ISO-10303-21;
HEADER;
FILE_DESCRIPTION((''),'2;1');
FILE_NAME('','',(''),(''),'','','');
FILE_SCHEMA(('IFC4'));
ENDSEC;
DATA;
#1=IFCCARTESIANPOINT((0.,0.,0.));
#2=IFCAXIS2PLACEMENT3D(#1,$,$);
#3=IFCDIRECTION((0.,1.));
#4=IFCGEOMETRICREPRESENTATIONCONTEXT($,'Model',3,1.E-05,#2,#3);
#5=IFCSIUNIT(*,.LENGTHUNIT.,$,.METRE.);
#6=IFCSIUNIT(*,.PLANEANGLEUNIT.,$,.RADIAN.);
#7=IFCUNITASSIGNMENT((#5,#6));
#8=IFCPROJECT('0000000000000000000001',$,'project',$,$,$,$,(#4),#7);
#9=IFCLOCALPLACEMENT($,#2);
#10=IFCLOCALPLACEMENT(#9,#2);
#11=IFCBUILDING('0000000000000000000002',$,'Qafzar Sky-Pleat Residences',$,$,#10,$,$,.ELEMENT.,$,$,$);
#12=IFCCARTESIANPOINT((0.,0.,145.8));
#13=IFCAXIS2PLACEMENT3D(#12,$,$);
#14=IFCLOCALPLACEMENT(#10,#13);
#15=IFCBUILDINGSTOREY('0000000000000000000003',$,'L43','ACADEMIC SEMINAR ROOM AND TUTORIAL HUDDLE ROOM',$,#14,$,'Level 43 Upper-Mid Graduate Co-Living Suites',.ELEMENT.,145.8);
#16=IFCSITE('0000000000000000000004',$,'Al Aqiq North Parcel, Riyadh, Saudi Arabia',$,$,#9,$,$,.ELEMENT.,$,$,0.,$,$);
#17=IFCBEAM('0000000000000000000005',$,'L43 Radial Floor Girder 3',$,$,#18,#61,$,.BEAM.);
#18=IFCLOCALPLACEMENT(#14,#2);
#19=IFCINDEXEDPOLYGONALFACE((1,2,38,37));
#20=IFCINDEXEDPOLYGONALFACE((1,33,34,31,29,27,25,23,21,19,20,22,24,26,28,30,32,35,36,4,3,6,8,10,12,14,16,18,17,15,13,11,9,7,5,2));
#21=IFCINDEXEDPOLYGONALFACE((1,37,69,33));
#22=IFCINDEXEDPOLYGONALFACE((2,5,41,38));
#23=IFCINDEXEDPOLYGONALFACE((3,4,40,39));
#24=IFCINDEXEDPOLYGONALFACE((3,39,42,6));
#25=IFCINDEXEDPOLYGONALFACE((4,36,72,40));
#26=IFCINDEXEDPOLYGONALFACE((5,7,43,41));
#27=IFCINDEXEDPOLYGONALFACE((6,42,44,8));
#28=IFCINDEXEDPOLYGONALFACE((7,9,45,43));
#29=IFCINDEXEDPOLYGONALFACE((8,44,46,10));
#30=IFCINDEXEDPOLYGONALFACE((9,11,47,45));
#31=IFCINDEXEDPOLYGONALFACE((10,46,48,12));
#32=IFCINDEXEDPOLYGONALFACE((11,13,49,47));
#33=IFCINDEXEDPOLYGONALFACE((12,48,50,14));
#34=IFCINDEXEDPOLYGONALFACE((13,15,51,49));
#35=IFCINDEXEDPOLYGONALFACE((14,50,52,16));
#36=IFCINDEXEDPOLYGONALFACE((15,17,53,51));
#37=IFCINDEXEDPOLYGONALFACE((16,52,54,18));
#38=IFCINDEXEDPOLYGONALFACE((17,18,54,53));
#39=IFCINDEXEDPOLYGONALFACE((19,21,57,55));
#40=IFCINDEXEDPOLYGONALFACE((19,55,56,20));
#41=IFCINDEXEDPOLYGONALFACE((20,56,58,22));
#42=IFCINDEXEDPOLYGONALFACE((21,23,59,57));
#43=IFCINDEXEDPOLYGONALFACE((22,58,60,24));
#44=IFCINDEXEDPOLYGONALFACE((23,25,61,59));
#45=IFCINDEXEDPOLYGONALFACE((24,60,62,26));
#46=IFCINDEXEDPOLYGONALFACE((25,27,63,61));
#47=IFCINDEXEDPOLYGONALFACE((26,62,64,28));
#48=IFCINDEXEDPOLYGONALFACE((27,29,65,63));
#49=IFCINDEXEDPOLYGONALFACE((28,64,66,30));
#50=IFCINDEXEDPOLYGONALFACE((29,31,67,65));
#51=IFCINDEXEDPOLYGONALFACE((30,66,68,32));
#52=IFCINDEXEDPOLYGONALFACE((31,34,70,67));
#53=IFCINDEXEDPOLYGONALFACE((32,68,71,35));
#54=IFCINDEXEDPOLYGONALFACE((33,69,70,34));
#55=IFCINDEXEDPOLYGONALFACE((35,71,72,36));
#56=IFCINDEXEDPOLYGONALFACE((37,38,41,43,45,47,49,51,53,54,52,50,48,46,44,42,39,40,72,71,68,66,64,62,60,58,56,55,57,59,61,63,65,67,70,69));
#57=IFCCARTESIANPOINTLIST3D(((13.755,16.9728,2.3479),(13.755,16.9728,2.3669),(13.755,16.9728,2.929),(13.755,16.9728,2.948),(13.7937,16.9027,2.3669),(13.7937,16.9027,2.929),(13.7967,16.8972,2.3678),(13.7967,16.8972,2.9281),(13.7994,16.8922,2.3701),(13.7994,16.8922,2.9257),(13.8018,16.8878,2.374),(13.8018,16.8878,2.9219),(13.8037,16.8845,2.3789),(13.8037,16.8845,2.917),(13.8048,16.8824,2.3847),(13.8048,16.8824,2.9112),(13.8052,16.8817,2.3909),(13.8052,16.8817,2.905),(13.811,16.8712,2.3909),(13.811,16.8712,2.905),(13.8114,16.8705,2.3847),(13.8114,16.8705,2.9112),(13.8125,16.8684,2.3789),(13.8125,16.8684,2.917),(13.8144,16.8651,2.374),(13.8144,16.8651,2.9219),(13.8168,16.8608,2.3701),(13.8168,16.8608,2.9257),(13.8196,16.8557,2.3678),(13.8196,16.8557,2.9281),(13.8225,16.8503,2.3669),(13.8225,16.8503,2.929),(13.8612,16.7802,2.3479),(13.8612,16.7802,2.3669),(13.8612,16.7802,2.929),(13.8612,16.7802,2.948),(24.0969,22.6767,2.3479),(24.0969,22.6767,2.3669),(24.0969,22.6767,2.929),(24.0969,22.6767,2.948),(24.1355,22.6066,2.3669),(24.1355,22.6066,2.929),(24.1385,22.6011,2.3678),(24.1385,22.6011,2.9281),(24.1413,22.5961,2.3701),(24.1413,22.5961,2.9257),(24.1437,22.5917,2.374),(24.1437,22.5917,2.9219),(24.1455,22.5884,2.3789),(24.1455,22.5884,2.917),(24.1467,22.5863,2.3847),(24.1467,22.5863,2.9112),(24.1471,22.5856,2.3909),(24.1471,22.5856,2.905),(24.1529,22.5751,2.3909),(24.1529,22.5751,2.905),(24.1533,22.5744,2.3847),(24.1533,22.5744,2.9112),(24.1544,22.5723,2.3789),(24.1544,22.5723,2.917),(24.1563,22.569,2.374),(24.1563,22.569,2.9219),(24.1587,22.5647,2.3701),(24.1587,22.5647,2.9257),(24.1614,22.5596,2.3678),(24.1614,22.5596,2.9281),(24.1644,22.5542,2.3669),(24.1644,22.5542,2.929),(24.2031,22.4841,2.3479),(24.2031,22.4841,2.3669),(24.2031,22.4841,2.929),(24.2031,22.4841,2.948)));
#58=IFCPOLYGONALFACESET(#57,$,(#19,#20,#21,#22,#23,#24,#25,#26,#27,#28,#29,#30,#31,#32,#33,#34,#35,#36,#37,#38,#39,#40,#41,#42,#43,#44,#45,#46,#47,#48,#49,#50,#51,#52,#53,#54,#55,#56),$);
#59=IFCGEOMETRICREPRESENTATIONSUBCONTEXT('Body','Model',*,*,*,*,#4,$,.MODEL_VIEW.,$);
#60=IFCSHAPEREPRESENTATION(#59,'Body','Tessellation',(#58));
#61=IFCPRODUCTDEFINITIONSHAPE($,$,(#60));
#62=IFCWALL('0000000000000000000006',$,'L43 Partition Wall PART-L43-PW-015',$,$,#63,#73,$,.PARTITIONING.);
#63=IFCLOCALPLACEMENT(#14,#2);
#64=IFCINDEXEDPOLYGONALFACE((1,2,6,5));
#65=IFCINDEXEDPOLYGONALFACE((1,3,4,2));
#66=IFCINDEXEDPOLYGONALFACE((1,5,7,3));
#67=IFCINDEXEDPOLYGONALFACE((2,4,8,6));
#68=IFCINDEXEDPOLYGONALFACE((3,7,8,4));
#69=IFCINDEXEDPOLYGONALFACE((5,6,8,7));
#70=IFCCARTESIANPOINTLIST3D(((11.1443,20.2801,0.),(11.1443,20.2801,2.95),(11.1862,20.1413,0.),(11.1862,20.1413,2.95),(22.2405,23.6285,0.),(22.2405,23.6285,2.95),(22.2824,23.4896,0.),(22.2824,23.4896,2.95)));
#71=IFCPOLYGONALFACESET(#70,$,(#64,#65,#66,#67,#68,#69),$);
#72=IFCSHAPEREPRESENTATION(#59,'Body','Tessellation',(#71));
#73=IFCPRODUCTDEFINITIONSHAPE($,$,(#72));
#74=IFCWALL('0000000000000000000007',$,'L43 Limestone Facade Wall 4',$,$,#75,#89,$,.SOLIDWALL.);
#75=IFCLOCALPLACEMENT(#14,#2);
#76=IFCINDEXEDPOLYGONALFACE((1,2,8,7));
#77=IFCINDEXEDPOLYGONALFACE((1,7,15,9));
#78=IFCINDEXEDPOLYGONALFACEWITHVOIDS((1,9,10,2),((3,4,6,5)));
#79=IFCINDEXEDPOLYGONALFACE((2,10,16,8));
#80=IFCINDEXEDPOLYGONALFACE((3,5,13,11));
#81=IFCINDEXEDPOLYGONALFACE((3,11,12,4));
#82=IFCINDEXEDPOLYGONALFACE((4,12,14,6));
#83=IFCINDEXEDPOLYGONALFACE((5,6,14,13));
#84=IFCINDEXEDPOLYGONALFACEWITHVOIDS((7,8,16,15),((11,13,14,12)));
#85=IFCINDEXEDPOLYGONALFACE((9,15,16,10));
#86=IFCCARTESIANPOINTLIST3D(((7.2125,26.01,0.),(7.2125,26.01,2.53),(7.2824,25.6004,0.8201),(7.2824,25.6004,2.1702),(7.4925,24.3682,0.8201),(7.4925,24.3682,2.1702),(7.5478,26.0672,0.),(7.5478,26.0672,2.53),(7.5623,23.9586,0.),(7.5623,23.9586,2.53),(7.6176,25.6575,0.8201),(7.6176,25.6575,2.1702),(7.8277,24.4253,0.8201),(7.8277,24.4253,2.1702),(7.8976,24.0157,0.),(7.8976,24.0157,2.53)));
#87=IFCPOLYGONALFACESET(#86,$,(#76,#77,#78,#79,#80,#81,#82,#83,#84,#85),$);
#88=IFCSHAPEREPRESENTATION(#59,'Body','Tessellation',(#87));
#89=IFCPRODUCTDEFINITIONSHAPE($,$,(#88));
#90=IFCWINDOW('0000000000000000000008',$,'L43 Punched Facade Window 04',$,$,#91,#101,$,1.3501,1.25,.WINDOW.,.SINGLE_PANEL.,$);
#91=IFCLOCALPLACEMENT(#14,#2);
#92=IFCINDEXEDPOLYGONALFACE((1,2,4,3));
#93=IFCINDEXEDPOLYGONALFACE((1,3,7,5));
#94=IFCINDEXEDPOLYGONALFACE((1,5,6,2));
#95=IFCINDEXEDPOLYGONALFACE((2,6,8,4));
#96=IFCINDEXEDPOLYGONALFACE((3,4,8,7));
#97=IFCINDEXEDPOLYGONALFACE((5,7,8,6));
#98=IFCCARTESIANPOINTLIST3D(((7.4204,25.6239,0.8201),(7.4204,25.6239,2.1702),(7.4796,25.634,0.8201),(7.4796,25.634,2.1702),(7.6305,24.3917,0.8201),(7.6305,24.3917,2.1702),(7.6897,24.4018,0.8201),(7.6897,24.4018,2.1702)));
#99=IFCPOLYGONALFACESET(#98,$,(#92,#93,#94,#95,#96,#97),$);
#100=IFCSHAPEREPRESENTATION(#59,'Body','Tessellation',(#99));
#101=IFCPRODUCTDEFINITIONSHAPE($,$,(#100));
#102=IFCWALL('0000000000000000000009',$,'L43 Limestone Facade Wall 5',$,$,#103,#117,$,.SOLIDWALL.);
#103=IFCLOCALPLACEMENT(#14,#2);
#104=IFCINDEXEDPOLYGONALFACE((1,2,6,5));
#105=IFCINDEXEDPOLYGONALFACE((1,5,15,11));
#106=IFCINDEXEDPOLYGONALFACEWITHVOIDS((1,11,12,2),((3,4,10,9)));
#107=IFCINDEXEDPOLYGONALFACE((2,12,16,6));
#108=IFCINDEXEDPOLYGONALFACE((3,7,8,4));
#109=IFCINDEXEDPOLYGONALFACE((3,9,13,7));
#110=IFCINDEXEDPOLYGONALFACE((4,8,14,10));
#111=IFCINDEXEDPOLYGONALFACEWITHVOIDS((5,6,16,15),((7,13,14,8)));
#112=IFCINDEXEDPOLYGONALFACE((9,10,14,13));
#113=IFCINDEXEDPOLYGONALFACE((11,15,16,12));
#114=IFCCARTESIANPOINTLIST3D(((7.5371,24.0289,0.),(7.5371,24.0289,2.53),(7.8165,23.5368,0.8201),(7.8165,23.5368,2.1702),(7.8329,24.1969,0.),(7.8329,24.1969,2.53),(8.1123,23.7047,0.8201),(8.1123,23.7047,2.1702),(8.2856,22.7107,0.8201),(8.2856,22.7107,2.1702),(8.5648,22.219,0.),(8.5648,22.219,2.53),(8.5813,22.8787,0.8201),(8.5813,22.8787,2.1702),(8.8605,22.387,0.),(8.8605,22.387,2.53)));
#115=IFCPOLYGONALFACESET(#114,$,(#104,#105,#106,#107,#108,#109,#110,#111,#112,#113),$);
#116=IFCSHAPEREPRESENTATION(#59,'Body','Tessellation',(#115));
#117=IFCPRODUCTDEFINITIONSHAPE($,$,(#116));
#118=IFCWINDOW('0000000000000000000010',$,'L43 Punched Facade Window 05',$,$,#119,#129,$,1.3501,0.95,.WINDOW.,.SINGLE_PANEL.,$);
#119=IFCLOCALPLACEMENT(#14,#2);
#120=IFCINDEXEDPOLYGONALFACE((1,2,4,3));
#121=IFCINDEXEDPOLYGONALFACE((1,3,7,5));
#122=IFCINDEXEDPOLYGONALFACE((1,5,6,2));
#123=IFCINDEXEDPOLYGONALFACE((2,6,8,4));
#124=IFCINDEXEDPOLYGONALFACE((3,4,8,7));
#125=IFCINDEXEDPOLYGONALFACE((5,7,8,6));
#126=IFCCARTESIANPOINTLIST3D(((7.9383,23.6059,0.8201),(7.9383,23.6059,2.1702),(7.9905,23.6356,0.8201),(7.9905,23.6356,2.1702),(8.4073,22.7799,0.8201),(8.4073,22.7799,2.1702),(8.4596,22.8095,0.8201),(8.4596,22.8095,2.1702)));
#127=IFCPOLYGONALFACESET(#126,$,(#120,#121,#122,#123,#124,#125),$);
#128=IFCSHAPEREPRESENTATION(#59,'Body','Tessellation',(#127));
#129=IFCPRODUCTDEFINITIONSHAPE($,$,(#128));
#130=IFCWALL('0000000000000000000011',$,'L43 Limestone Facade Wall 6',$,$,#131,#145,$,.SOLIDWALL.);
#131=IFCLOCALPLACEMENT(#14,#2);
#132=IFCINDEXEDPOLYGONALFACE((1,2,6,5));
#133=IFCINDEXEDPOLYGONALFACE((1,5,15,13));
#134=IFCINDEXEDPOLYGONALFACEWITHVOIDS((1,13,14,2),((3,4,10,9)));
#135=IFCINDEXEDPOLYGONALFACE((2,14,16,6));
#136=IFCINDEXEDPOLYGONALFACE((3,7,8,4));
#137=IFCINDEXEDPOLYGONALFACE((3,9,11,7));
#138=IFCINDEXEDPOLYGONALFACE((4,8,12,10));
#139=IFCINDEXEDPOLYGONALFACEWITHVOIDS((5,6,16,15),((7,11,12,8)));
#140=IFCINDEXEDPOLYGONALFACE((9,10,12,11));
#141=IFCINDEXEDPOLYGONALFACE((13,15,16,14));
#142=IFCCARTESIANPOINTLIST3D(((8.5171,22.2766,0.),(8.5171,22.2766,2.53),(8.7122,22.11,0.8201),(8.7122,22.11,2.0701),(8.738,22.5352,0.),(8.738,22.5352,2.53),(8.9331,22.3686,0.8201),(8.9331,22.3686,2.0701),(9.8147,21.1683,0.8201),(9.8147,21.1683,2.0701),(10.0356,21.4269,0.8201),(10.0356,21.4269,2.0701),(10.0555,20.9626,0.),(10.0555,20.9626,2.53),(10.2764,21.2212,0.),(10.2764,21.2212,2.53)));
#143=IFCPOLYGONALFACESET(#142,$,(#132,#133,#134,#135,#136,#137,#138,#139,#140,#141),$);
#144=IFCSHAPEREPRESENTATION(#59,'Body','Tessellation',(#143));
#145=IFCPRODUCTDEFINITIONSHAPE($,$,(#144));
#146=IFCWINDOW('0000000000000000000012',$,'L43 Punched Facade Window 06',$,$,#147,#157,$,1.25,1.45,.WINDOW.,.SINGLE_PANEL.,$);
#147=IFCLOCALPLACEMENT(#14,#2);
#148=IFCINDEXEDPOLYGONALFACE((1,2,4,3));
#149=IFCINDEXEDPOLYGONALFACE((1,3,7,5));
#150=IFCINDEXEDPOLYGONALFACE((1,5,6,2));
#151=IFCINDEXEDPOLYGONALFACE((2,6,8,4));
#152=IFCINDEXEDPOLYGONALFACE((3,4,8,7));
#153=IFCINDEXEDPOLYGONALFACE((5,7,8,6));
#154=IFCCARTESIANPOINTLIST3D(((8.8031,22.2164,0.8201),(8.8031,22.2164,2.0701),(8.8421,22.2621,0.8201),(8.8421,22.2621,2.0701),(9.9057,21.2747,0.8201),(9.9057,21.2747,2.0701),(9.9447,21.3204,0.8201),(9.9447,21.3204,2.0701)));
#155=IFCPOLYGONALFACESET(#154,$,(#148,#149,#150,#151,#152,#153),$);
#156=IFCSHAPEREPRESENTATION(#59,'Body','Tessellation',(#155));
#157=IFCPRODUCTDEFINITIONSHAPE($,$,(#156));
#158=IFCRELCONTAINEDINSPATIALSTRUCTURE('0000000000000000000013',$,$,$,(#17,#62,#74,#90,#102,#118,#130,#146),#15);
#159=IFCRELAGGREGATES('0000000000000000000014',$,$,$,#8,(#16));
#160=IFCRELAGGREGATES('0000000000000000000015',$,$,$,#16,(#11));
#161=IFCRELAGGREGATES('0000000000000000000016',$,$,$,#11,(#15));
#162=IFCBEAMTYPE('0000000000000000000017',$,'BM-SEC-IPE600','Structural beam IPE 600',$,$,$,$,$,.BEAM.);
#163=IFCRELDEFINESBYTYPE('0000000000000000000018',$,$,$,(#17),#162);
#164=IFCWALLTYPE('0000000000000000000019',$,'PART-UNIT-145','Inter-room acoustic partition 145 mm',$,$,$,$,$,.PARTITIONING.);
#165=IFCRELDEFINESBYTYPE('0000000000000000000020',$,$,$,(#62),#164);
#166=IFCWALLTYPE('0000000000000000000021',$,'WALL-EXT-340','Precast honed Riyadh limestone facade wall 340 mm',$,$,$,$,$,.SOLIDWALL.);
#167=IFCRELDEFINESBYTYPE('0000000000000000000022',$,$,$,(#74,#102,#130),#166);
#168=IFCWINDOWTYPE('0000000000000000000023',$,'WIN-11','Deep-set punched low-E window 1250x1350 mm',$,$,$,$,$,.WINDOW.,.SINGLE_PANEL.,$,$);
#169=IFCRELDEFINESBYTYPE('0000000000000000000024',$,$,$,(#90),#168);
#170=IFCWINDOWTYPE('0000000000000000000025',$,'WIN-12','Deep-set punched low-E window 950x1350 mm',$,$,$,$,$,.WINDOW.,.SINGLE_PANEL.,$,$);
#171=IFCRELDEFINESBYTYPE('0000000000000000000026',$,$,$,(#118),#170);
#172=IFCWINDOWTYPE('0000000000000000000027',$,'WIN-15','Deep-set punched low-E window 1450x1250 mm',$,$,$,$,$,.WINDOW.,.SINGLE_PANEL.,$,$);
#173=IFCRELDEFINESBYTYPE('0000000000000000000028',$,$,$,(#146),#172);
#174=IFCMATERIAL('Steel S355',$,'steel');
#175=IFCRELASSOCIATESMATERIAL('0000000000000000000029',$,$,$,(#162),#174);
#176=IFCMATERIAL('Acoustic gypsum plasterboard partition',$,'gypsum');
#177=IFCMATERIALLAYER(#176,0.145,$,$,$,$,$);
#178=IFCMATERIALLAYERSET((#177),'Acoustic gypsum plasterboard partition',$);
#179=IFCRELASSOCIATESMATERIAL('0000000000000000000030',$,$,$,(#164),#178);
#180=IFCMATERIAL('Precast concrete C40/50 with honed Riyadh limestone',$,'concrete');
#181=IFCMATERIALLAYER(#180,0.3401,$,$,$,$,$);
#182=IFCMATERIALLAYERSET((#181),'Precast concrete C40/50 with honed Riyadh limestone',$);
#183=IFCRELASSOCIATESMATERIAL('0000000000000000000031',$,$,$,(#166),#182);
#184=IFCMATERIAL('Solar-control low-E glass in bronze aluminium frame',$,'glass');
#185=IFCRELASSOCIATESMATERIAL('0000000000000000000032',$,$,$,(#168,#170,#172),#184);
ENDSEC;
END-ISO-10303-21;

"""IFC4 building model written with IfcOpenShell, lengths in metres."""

from ifc_helpers import new_model, si_unit, direction, frame, frame_2d, origin, origin_2d, place, context, subcontext, project, spatial, rectangle, i_section, extrude, source, transform, mapped, material, layer, layer_set, material_profile, profile_set, type_object, element, fill, save


model = new_model("IFC4")

# Units and contexts
model_context = context("Model", 3, precision=1e-05, world=origin(), true_north=direction((0.0, 1.0)))
body_context = subcontext(model_context, "Body", "Model", "MODEL_VIEW")
ifc_project = project(units=[si_unit("LENGTHUNIT", "METRE"), si_unit("PLANEANGLEUNIT", "RADIAN")], contexts=[model_context])

# Site, building, storey
site_placement = place(None, origin())
site = spatial("IfcSite", under=ifc_project, at=site_placement, Name="Al Aqiq North Parcel, Riyadh, Saudi Arabia", CompositionType="ELEMENT", RefElevation=0.0)
building_placement = place(site_placement, origin())
building = spatial("IfcBuilding", under=site, at=building_placement, Name="Qafzar Sky-Pleat Residences", CompositionType="ELEMENT")
storey_placement = place(building_placement, frame((0.0, 0.0, 145.8)))
storey = spatial("IfcBuildingStorey", under=building, at=storey_placement, Name="L43", Description="ACADEMIC SEMINAR ROOM AND TUTORIAL HUDDLE ROOM", LongName="Level 43 Upper-Mid Graduate Co-Living Suites", CompositionType="ELEMENT", Elevation=145.8)

# Shared definitions
ifc_material_1 = material(Name="Steel S355", Category="steel")

# Beam
ifc_material_profile_1 = material_profile(ifc_material_1, i_section(OverallWidth=0.22, OverallDepth=0.6001, WebThickness=0.012, FlangeThickness=0.019, FilletRadius=0.0239, at=origin_2d()), Name="IPE 600")
ifc_profile_set_1 = profile_set([ifc_material_profile_1], Name="Steel S355")
beam_type_1 = type_object("IfcBeamType", Name="BM-SEC-IPE600", Description="Structural beam IPE 600", PredefinedType="BEAM", material=ifc_profile_set_1)
shared_shape_1 = source(origin(), body_context, "Body", "SweptSolid", [
    extrude(i_section(OverallWidth=0.22, OverallDepth=0.6001, WebThickness=0.012, FlangeThickness=0.019, FilletRadius=0.0239, at=origin_2d()), origin(), (0.0, 0.0, 1.0), 11.8105),
])
beam_1_placement = place(storey_placement, frame((13.8081, 16.8765, 2.6479), z_axis=(0.875648, 0.48295, 0.0), x_axis=(-0.48295, 0.875648, 0.0)))
element("IfcBeam", 1, at=beam_1_placement, inside=storey, type_object=beam_type_1, Name="L43 Radial Floor Girder 3", PredefinedType="BEAM", context=body_context, shape_type="MappedRepresentation", body=[
    mapped(shared_shape_1, transform((0.0, 0.0, 0.0), x_axis=(1.0, 0.0, 0.0), y_axis=(0.0, 1.0, 0.0), z_axis=(0.0, 0.0, 1.0), scale=1.0)),
])

# Wall
ifc_material_2 = material(Name="Acoustic gypsum plasterboard partition", Category="gypsum")
ifc_layer_1 = layer(ifc_material_2, 0.145)
ifc_layer_set_1 = layer_set([ifc_layer_1], Name="Acoustic gypsum plasterboard partition")
wall_type_1 = type_object("IfcWallType", Name="PART-UNIT-145", Description="Inter-room acoustic partition 145 mm", PredefinedType="PARTITIONING", material=ifc_layer_set_1)
wall_1_placement = place(storey_placement, frame((11.1653, 20.2107, 0.0), z_axis=(0.0, 0.0, 1.0), x_axis=(0.957361, 0.288893, 0.0)))
element("IfcWall", 2, at=wall_1_placement, inside=storey, type_object=wall_type_1, Name="L43 Partition Wall PART-L43-PW-015", PredefinedType="PARTITIONING", context=body_context, shape_type="SweptSolid", body=[
    extrude(rectangle(XDim=11.5903, YDim=0.145, at=frame_2d((5.7952, 0.0))), origin(), (0.0, 0.0, 1.0), 2.95),
])

# Walls, openings, windows
ifc_material_3 = material(Name="Precast concrete C40/50 with honed Riyadh limestone", Category="concrete")
ifc_layer_2 = layer(ifc_material_3, 0.3401)
ifc_layer_set_2 = layer_set([ifc_layer_2], Name="Precast concrete C40/50 with honed Riyadh limestone")
wall_type_2 = type_object("IfcWallType", Name="WALL-EXT-340", Description="Precast honed Riyadh limestone facade wall 340 mm", PredefinedType="SOLIDWALL", material=ifc_layer_set_2)
wall_2_placement = place(storey_placement, frame((7.3801, 26.0386, 0.0), z_axis=(0.0, 0.0, 1.0), x_axis=(0.168107, -0.985769, 0.0)))
wall_2 = element("IfcWall", 3, at=wall_2_placement, inside=storey, type_object=wall_type_2, Name="L43 Limestone Facade Wall 4", PredefinedType="SOLIDWALL", context=body_context, shape_type="SweptSolid", body=[
    extrude(rectangle(XDim=2.0811, YDim=0.3401, at=frame_2d((1.0405, 0.0))), origin(), (0.0, 0.0, 1.0), 2.53),
])
opening_1_placement = place(wall_2_placement, frame((0.4155, 0.0, 0.8201)))
opening_1 = element("IfcOpeningElement", 4, at=opening_1_placement, cuts=wall_2, PredefinedType="OPENING", context=body_context, shape_type="SweptSolid", body=[
    extrude(rectangle(XDim=1.25, YDim=1.3501, at=frame_2d((0.625, 0.675))), frame((0.0, 0.1802, 0.0), z_axis=(0.0, -1.0, 0.0), x_axis=(1.0, 0.0, 0.0)), (0.0, 0.0, 1.0), 0.3601),
])
ifc_material_4 = material(Name="Solar-control low-E glass in bronze aluminium frame", Category="glass")
window_type_1 = type_object("IfcWindowType", Name="WIN-11", Description="Deep-set punched low-E window 1250x1350 mm", PartitioningType="SINGLE_PANEL", PredefinedType="WINDOW", material=ifc_material_4)
shared_shape_2 = source(origin(), body_context, "Body", "SweptSolid", [
    extrude(rectangle(XDim=1.25, YDim=1.3501, at=frame_2d((0.625, 0.675))), frame((0.0, 0.03, 0.0), z_axis=(0.0, -1.0, 0.0), x_axis=(1.0, 0.0, 0.0)), (0.0, 0.0, 1.0), 0.0601),
])
window_1_placement = place(opening_1_placement, origin())
window_1 = element("IfcWindow", 5, at=window_1_placement, inside=storey, type_object=window_type_1, Name="L43 Punched Facade Window 04", OverallHeight=1.3501, OverallWidth=1.25, PartitioningType="SINGLE_PANEL", PredefinedType="WINDOW", context=body_context, shape_type="MappedRepresentation", body=[
    mapped(shared_shape_2, transform((0.0, 0.0, 0.0), x_axis=(1.0, 0.0, 0.0), y_axis=(0.0, 1.0, 0.0), z_axis=(0.0, 0.0, 1.0), scale=1.0)),
])
fill(opening_1, window_1)
wall_3_placement = place(storey_placement, frame((7.6851, 24.1128, 0.0), z_axis=(0.0, 0.0, 1.0), x_axis=(0.493749, -0.869604, 0.0)))
wall_3 = element("IfcWall", 6, at=wall_3_placement, inside=storey, type_object=wall_type_2, Name="L43 Limestone Facade Wall 5", PredefinedType="SOLIDWALL", context=body_context, shape_type="SweptSolid", body=[
    extrude(rectangle(XDim=2.0813, YDim=0.3401, at=frame_2d((1.0405, 0.0))), origin(), (0.0, 0.0, 1.0), 2.53),
])
opening_2_placement = place(wall_3_placement, frame((0.5657, 0.0, 0.8201)))
opening_2 = element("IfcOpeningElement", 7, at=opening_2_placement, cuts=wall_3, PredefinedType="OPENING", context=body_context, shape_type="SweptSolid", body=[
    extrude(rectangle(XDim=0.95, YDim=1.3501, at=frame_2d((0.4751, 0.675))), frame((0.0, 0.1802, 0.0), z_axis=(0.0, -1.0, 0.0), x_axis=(1.0, 0.0, 0.0)), (0.0, 0.0, 1.0), 0.3601),
])
window_type_2 = type_object("IfcWindowType", Name="WIN-12", Description="Deep-set punched low-E window 950x1350 mm", PartitioningType="SINGLE_PANEL", PredefinedType="WINDOW", material=ifc_material_4)
shared_shape_3 = source(origin(), body_context, "Body", "SweptSolid", [
    extrude(rectangle(XDim=0.95, YDim=1.3501, at=frame_2d((0.4751, 0.675))), frame((0.0, 0.03, 0.0), z_axis=(0.0, -1.0, 0.0), x_axis=(1.0, 0.0, 0.0)), (0.0, 0.0, 1.0), 0.0601),
])
window_2_placement = place(opening_2_placement, origin())
window_2 = element("IfcWindow", 8, at=window_2_placement, inside=storey, type_object=window_type_2, Name="L43 Punched Facade Window 05", OverallHeight=1.3501, OverallWidth=0.95, PartitioningType="SINGLE_PANEL", PredefinedType="WINDOW", context=body_context, shape_type="MappedRepresentation", body=[
    mapped(shared_shape_3, transform((0.0, 0.0, 0.0), x_axis=(1.0, 0.0, 0.0), y_axis=(0.0, 1.0, 0.0), z_axis=(0.0, 0.0, 1.0), scale=1.0)),
])
fill(opening_2, window_2)
wall_4_placement = place(storey_placement, frame((8.6274, 22.406, 0.0), z_axis=(0.0, 0.0, 1.0), x_axis=(0.76038, -0.649479, 0.0)))
wall_4 = element("IfcWall", 9, at=wall_4_placement, inside=storey, type_object=wall_type_2, Name="L43 Limestone Facade Wall 6", PredefinedType="SOLIDWALL", context=body_context, shape_type="SweptSolid", body=[
    extrude(rectangle(XDim=2.0232, YDim=0.3401, at=frame_2d((1.0117, 0.0))), origin(), (0.0, 0.0, 1.0), 2.53),
])
opening_3_placement = place(wall_4_placement, frame((0.2566, 0.0, 0.8201)))
opening_3 = element("IfcOpeningElement", 10, at=opening_3_placement, cuts=wall_4, PredefinedType="OPENING", context=body_context, shape_type="SweptSolid", body=[
    extrude(rectangle(XDim=1.45, YDim=1.25, at=frame_2d((0.7251, 0.625))), frame((0.0, 0.1802, 0.0), z_axis=(0.0, -1.0, 0.0), x_axis=(1.0, 0.0, 0.0)), (0.0, 0.0, 1.0), 0.3601),
])
window_type_3 = type_object("IfcWindowType", Name="WIN-15", Description="Deep-set punched low-E window 1450x1250 mm", PartitioningType="SINGLE_PANEL", PredefinedType="WINDOW", material=ifc_material_4)
shared_shape_4 = source(origin(), body_context, "Body", "SweptSolid", [
    extrude(rectangle(XDim=1.45, YDim=1.25, at=frame_2d((0.7251, 0.625))), frame((0.0, 0.03, 0.0), z_axis=(0.0, -1.0, 0.0), x_axis=(1.0, 0.0, 0.0)), (0.0, 0.0, 1.0), 0.0601),
])
window_3_placement = place(opening_3_placement, origin())
window_3 = element("IfcWindow", 11, at=window_3_placement, inside=storey, type_object=window_type_3, Name="L43 Punched Facade Window 06", OverallHeight=1.25, OverallWidth=1.45, PartitioningType="SINGLE_PANEL", PredefinedType="WINDOW", context=body_context, shape_type="MappedRepresentation", body=[
    mapped(shared_shape_4, transform((0.0, 0.0, 0.0), x_axis=(1.0, 0.0, 0.0), y_axis=(0.0, 1.0, 0.0), z_axis=(0.0, 0.0, 1.0), scale=1.0)),
])
fill(opening_3, window_3)

save(model, "model.ifc")
